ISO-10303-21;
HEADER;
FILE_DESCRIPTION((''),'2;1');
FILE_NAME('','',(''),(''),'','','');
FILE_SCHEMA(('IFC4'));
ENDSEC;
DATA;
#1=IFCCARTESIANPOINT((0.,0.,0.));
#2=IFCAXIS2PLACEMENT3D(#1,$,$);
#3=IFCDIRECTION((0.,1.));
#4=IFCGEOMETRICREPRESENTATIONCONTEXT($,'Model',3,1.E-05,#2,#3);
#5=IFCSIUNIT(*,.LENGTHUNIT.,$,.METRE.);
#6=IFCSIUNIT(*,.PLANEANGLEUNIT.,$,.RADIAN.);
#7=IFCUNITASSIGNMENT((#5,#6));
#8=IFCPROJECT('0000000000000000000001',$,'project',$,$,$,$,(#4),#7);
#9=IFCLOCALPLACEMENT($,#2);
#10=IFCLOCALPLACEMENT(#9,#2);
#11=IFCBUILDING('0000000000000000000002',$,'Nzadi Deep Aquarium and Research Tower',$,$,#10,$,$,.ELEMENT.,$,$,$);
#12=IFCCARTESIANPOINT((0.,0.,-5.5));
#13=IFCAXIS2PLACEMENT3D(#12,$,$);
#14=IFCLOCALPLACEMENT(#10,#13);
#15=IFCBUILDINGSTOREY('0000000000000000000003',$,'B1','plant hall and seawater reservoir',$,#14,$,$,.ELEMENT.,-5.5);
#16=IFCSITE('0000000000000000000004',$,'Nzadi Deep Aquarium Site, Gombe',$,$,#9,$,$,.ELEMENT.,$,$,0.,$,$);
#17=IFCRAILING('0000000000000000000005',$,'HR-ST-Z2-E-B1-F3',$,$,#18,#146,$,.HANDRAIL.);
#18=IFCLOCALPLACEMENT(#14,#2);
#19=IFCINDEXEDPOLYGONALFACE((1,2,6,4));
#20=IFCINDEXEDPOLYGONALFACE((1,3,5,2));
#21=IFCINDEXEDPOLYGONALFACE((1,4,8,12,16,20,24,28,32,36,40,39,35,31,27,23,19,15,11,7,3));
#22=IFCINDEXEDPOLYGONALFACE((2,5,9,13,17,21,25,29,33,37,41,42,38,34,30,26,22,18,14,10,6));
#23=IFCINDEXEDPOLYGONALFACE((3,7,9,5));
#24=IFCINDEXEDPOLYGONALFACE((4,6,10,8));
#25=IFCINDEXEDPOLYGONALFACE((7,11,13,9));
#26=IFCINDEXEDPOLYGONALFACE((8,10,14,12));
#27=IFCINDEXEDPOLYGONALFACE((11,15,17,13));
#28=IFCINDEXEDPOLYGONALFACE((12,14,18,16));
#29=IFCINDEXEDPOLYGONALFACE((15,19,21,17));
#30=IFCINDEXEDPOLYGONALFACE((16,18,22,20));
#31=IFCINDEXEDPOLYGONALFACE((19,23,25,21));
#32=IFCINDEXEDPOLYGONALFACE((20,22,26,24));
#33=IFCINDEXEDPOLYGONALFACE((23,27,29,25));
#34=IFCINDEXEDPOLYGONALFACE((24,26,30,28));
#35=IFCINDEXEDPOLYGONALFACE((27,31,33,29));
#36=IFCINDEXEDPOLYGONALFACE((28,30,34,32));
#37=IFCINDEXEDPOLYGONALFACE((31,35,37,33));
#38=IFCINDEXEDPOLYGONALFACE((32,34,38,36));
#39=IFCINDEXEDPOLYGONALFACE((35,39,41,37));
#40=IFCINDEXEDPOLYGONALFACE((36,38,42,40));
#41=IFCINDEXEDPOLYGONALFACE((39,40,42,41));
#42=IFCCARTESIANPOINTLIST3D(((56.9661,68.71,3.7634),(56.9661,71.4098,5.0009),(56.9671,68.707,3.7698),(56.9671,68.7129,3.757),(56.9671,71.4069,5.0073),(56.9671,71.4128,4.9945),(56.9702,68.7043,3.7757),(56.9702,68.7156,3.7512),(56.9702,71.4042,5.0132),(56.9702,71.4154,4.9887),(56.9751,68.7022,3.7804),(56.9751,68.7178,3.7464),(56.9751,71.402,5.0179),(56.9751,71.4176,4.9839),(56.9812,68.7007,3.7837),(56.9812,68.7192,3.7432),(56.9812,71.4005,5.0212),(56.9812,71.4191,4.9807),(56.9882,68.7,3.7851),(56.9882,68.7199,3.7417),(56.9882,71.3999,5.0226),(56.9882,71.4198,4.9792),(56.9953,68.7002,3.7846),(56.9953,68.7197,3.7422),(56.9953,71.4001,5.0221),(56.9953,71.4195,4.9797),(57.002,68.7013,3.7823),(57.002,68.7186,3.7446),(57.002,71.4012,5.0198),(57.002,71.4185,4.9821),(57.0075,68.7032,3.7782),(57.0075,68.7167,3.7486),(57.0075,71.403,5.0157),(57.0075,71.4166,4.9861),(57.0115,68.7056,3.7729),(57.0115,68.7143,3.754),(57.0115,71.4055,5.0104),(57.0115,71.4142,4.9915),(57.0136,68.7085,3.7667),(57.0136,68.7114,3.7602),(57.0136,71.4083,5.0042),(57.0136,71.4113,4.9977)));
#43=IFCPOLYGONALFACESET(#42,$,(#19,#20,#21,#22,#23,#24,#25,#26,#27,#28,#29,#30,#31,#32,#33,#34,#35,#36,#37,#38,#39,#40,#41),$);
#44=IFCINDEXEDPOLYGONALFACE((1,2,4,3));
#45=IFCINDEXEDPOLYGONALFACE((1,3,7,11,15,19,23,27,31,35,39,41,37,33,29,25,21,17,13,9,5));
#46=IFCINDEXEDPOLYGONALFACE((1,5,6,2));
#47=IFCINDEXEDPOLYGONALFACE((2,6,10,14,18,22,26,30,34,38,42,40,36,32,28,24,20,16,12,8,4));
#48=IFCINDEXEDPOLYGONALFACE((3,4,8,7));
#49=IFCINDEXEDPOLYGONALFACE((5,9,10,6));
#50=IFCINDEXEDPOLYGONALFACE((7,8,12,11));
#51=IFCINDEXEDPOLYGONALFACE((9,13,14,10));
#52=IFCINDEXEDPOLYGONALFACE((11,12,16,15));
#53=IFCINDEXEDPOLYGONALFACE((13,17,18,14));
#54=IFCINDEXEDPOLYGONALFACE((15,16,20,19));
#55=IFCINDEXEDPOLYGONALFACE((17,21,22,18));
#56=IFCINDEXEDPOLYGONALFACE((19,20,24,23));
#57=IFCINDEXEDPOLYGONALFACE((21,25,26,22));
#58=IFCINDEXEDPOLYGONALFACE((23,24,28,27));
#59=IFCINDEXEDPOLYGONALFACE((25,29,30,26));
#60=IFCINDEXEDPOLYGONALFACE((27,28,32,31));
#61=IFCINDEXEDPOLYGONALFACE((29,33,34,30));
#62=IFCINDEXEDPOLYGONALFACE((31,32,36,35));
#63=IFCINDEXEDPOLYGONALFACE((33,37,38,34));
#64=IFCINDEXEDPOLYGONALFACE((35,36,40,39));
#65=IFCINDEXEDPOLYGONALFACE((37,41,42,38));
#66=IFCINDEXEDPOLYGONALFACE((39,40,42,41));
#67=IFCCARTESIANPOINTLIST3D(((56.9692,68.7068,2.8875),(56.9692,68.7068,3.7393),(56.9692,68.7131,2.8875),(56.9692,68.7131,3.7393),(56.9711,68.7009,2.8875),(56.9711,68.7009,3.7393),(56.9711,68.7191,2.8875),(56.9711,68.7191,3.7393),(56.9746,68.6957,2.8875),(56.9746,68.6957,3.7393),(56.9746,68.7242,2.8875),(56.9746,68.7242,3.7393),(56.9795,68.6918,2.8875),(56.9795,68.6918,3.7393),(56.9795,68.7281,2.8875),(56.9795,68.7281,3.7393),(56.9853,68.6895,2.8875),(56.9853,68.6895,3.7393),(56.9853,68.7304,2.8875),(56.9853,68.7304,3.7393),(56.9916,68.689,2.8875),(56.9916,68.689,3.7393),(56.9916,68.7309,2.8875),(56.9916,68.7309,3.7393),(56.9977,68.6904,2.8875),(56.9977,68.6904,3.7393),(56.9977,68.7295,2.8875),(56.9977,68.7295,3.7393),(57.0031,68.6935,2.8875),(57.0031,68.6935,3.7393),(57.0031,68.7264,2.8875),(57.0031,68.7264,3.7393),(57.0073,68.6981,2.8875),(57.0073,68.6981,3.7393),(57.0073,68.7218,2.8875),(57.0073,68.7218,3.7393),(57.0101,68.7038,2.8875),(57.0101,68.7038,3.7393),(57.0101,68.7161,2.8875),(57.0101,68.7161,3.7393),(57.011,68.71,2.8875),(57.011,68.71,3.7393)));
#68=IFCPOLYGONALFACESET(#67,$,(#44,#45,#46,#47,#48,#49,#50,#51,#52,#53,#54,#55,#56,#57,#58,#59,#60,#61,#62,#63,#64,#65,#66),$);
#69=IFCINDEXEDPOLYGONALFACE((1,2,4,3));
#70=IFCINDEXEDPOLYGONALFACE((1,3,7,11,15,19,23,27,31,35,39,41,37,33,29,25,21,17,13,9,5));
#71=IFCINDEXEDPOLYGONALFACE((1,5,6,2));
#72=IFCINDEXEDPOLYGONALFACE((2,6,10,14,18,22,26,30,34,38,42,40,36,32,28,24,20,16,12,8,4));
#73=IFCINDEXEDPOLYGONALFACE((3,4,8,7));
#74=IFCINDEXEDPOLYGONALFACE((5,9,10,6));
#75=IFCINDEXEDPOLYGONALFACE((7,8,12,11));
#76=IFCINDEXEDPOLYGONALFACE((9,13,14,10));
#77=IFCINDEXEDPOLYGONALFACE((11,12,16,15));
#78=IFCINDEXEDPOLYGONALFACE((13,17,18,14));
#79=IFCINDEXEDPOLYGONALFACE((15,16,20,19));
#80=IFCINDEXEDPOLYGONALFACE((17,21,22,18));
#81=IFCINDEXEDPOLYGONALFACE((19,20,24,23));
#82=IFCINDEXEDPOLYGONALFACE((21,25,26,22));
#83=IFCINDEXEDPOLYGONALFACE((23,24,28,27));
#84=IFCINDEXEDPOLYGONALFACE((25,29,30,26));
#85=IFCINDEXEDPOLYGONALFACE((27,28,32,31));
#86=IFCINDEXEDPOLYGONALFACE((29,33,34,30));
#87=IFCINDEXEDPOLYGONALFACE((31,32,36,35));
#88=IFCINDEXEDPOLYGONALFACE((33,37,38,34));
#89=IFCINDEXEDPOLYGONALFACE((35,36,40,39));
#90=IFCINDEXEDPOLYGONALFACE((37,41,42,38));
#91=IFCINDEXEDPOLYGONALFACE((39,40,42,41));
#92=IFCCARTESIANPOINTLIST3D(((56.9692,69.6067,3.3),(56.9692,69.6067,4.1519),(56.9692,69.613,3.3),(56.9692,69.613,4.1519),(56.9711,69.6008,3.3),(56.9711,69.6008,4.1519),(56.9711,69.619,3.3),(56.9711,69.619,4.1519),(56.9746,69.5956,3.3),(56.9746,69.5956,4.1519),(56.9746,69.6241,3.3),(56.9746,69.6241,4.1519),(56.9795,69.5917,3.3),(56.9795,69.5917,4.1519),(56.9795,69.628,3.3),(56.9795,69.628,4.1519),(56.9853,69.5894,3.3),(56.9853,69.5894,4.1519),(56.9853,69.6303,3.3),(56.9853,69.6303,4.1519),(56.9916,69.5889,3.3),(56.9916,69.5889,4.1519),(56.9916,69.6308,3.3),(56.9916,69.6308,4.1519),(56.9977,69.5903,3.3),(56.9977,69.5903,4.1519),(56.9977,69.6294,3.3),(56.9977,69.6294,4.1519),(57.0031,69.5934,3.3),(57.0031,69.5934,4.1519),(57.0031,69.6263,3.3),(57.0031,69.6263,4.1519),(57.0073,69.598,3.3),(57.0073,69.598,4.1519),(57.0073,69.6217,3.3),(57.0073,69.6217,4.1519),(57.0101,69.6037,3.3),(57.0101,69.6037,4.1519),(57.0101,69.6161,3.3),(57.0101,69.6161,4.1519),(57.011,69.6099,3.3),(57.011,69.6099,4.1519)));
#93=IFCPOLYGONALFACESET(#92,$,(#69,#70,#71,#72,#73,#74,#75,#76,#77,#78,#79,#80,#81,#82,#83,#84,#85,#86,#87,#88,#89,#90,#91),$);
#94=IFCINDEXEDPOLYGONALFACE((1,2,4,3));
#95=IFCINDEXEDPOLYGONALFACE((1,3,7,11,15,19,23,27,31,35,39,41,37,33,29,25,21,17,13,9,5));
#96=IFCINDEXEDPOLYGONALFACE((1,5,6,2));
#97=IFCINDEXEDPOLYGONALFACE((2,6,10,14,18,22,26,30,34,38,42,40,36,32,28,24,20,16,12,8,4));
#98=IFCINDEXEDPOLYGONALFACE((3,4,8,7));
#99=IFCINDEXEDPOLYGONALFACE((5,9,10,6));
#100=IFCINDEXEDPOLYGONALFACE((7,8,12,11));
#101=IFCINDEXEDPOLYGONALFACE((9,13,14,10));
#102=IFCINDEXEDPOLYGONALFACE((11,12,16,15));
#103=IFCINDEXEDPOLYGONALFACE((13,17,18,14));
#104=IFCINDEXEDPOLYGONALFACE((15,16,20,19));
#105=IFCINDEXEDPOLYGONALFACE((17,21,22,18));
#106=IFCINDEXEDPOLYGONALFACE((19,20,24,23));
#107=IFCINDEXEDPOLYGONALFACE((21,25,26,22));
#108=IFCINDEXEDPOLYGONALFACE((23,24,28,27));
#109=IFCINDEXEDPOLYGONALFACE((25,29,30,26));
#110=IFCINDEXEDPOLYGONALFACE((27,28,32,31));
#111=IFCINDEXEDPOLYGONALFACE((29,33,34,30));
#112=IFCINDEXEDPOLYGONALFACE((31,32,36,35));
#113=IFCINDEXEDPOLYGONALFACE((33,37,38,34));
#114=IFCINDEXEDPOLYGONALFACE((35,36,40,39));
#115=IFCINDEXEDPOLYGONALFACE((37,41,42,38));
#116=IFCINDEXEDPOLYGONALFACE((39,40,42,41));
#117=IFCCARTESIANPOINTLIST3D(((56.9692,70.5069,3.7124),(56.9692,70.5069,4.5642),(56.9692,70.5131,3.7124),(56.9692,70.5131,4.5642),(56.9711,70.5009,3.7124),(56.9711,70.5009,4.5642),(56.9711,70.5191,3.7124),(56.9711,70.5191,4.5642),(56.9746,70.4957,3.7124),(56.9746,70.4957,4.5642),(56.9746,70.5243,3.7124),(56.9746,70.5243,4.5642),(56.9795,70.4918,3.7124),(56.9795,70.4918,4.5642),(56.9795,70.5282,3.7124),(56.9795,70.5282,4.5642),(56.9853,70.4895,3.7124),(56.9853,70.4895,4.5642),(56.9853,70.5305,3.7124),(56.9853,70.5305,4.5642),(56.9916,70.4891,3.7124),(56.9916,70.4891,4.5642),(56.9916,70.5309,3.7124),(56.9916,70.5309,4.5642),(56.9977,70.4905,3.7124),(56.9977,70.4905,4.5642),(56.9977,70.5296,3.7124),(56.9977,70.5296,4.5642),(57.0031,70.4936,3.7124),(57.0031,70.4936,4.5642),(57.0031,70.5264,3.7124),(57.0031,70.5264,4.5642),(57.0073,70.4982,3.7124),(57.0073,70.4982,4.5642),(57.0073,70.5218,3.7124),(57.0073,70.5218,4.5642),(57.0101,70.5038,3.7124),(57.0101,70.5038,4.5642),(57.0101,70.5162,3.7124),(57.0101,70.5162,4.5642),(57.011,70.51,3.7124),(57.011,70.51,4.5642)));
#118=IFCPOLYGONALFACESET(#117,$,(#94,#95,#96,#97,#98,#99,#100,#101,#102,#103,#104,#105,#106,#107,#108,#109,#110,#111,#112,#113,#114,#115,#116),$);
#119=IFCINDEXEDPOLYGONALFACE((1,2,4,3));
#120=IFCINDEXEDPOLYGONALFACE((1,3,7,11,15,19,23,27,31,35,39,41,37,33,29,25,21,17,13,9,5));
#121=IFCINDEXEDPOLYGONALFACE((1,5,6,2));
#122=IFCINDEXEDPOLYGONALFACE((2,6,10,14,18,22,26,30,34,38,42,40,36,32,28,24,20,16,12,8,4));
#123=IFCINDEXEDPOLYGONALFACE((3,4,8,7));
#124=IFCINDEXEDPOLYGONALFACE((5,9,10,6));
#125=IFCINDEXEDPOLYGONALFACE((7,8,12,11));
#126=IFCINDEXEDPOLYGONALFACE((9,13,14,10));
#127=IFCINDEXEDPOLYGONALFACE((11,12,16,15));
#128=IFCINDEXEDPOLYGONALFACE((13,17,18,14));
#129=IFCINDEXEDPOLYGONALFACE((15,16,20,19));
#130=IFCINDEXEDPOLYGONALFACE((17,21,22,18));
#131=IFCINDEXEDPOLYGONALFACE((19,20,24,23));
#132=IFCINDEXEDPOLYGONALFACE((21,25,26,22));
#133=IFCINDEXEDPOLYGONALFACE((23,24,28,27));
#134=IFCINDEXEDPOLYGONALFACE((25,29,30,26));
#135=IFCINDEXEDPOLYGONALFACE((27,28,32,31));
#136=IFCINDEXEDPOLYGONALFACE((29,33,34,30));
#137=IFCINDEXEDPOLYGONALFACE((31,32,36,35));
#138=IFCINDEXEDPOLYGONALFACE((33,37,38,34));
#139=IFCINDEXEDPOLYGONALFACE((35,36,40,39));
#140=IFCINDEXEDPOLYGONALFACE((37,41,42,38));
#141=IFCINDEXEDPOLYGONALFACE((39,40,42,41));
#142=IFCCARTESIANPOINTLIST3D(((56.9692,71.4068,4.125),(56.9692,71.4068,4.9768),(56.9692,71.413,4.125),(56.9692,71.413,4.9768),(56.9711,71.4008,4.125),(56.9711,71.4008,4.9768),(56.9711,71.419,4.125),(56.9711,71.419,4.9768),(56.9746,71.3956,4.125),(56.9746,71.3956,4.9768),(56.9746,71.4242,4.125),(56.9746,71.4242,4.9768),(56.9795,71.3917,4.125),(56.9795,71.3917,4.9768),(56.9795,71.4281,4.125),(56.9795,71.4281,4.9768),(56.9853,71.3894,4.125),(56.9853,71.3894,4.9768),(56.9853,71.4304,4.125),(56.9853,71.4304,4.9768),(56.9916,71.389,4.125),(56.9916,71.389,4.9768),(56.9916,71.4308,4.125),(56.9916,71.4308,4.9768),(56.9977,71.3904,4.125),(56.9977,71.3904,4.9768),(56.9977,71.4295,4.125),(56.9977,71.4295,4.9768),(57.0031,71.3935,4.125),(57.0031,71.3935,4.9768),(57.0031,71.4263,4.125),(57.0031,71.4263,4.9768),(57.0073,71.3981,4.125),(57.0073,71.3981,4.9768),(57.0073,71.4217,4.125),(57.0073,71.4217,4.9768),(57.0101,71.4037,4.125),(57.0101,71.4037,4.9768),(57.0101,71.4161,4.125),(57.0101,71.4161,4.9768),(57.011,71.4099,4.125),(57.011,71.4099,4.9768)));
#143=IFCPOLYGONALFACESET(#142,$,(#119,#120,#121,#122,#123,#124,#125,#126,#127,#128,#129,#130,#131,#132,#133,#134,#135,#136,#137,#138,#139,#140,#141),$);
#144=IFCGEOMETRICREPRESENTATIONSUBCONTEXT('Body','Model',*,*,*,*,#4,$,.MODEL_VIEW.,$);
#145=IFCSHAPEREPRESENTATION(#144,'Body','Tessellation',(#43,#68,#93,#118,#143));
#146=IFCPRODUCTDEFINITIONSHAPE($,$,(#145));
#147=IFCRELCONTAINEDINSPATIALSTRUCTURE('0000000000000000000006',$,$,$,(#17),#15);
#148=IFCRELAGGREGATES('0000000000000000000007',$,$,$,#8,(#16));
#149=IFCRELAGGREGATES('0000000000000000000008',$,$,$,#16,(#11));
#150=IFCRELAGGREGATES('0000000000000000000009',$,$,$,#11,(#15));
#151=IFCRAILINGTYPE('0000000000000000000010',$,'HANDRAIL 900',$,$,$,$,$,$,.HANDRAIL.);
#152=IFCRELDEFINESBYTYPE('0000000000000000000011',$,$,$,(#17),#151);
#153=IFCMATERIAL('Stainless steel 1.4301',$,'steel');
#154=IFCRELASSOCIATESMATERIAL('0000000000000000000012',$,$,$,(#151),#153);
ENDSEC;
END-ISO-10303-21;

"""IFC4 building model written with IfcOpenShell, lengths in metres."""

from ifc_helpers import new_model, si_unit, direction, frame, origin, origin_2d, place, context, subcontext, project, spatial, circle, extrude, material, type_object, element, save


model = new_model("IFC4")

# Units and contexts
model_context = context("Model", 3, precision=1e-05, world=origin(), true_north=direction((0.0, 1.0)))
body_context = subcontext(model_context, "Body", "Model", "MODEL_VIEW")
ifc_project = project(units=[si_unit("LENGTHUNIT", "METRE"), si_unit("PLANEANGLEUNIT", "RADIAN")], contexts=[model_context])

# Site, building, storey
site_placement = place(None, origin())
site = spatial("IfcSite", under=ifc_project, at=site_placement, Name="Nzadi Deep Aquarium Site, Gombe", CompositionType="ELEMENT", RefElevation=0.0)
building_placement = place(site_placement, origin())
building = spatial("IfcBuilding", under=site, at=building_placement, Name="Nzadi Deep Aquarium and Research Tower", CompositionType="ELEMENT")
storey_placement = place(building_placement, frame((0.0, 0.0, -5.5)))
storey = spatial("IfcBuildingStorey", under=building, at=storey_placement, Name="B1", Description="plant hall and seawater reservoir", CompositionType="ELEMENT", Elevation=-5.5)

# Railing
ifc_material_1 = material(Name="Stainless steel 1.4301", Category="steel")
railing_type = type_object("IfcRailingType", Name="HANDRAIL 900", PredefinedType="HANDRAIL", material=ifc_material_1)
for number, where, name in (
    (1, (56.99, 68.71, 2.8875), "HR-ST-Z2-E-B1-F3"),
):
    element("IfcRailing", number, at=place(storey_placement, frame(where)), inside=storey, type_object=railing_type, Name=name, PredefinedType="HANDRAIL", context=body_context, shape_type="SweptSolid", body=[
        extrude(circle(Radius=0.0239, at=origin_2d()), frame((0.0, 0.0, 0.876), z_axis=(0.0, 0.909056, 0.416675), x_axis=(-1.0, 0.0, 0.0)), (0.0, 0.0, 1.0), 2.97),
        extrude(circle(Radius=0.021, at=origin_2d()), origin(), (0.0, 0.0, 1.0), 0.8518),
        extrude(circle(Radius=0.021, at=origin_2d()), frame((0.0, 0.8999, 0.4126)), (0.0, 0.0, 1.0), 0.8518),
        extrude(circle(Radius=0.021, at=origin_2d()), frame((0.0, 1.8, 0.825)), (0.0, 0.0, 1.0), 0.8518),
        extrude(circle(Radius=0.021, at=origin_2d()), frame((0.0, 2.7, 1.2375)), (0.0, 0.0, 1.0), 0.8518),
    ])

save(model, "model.ifc")
